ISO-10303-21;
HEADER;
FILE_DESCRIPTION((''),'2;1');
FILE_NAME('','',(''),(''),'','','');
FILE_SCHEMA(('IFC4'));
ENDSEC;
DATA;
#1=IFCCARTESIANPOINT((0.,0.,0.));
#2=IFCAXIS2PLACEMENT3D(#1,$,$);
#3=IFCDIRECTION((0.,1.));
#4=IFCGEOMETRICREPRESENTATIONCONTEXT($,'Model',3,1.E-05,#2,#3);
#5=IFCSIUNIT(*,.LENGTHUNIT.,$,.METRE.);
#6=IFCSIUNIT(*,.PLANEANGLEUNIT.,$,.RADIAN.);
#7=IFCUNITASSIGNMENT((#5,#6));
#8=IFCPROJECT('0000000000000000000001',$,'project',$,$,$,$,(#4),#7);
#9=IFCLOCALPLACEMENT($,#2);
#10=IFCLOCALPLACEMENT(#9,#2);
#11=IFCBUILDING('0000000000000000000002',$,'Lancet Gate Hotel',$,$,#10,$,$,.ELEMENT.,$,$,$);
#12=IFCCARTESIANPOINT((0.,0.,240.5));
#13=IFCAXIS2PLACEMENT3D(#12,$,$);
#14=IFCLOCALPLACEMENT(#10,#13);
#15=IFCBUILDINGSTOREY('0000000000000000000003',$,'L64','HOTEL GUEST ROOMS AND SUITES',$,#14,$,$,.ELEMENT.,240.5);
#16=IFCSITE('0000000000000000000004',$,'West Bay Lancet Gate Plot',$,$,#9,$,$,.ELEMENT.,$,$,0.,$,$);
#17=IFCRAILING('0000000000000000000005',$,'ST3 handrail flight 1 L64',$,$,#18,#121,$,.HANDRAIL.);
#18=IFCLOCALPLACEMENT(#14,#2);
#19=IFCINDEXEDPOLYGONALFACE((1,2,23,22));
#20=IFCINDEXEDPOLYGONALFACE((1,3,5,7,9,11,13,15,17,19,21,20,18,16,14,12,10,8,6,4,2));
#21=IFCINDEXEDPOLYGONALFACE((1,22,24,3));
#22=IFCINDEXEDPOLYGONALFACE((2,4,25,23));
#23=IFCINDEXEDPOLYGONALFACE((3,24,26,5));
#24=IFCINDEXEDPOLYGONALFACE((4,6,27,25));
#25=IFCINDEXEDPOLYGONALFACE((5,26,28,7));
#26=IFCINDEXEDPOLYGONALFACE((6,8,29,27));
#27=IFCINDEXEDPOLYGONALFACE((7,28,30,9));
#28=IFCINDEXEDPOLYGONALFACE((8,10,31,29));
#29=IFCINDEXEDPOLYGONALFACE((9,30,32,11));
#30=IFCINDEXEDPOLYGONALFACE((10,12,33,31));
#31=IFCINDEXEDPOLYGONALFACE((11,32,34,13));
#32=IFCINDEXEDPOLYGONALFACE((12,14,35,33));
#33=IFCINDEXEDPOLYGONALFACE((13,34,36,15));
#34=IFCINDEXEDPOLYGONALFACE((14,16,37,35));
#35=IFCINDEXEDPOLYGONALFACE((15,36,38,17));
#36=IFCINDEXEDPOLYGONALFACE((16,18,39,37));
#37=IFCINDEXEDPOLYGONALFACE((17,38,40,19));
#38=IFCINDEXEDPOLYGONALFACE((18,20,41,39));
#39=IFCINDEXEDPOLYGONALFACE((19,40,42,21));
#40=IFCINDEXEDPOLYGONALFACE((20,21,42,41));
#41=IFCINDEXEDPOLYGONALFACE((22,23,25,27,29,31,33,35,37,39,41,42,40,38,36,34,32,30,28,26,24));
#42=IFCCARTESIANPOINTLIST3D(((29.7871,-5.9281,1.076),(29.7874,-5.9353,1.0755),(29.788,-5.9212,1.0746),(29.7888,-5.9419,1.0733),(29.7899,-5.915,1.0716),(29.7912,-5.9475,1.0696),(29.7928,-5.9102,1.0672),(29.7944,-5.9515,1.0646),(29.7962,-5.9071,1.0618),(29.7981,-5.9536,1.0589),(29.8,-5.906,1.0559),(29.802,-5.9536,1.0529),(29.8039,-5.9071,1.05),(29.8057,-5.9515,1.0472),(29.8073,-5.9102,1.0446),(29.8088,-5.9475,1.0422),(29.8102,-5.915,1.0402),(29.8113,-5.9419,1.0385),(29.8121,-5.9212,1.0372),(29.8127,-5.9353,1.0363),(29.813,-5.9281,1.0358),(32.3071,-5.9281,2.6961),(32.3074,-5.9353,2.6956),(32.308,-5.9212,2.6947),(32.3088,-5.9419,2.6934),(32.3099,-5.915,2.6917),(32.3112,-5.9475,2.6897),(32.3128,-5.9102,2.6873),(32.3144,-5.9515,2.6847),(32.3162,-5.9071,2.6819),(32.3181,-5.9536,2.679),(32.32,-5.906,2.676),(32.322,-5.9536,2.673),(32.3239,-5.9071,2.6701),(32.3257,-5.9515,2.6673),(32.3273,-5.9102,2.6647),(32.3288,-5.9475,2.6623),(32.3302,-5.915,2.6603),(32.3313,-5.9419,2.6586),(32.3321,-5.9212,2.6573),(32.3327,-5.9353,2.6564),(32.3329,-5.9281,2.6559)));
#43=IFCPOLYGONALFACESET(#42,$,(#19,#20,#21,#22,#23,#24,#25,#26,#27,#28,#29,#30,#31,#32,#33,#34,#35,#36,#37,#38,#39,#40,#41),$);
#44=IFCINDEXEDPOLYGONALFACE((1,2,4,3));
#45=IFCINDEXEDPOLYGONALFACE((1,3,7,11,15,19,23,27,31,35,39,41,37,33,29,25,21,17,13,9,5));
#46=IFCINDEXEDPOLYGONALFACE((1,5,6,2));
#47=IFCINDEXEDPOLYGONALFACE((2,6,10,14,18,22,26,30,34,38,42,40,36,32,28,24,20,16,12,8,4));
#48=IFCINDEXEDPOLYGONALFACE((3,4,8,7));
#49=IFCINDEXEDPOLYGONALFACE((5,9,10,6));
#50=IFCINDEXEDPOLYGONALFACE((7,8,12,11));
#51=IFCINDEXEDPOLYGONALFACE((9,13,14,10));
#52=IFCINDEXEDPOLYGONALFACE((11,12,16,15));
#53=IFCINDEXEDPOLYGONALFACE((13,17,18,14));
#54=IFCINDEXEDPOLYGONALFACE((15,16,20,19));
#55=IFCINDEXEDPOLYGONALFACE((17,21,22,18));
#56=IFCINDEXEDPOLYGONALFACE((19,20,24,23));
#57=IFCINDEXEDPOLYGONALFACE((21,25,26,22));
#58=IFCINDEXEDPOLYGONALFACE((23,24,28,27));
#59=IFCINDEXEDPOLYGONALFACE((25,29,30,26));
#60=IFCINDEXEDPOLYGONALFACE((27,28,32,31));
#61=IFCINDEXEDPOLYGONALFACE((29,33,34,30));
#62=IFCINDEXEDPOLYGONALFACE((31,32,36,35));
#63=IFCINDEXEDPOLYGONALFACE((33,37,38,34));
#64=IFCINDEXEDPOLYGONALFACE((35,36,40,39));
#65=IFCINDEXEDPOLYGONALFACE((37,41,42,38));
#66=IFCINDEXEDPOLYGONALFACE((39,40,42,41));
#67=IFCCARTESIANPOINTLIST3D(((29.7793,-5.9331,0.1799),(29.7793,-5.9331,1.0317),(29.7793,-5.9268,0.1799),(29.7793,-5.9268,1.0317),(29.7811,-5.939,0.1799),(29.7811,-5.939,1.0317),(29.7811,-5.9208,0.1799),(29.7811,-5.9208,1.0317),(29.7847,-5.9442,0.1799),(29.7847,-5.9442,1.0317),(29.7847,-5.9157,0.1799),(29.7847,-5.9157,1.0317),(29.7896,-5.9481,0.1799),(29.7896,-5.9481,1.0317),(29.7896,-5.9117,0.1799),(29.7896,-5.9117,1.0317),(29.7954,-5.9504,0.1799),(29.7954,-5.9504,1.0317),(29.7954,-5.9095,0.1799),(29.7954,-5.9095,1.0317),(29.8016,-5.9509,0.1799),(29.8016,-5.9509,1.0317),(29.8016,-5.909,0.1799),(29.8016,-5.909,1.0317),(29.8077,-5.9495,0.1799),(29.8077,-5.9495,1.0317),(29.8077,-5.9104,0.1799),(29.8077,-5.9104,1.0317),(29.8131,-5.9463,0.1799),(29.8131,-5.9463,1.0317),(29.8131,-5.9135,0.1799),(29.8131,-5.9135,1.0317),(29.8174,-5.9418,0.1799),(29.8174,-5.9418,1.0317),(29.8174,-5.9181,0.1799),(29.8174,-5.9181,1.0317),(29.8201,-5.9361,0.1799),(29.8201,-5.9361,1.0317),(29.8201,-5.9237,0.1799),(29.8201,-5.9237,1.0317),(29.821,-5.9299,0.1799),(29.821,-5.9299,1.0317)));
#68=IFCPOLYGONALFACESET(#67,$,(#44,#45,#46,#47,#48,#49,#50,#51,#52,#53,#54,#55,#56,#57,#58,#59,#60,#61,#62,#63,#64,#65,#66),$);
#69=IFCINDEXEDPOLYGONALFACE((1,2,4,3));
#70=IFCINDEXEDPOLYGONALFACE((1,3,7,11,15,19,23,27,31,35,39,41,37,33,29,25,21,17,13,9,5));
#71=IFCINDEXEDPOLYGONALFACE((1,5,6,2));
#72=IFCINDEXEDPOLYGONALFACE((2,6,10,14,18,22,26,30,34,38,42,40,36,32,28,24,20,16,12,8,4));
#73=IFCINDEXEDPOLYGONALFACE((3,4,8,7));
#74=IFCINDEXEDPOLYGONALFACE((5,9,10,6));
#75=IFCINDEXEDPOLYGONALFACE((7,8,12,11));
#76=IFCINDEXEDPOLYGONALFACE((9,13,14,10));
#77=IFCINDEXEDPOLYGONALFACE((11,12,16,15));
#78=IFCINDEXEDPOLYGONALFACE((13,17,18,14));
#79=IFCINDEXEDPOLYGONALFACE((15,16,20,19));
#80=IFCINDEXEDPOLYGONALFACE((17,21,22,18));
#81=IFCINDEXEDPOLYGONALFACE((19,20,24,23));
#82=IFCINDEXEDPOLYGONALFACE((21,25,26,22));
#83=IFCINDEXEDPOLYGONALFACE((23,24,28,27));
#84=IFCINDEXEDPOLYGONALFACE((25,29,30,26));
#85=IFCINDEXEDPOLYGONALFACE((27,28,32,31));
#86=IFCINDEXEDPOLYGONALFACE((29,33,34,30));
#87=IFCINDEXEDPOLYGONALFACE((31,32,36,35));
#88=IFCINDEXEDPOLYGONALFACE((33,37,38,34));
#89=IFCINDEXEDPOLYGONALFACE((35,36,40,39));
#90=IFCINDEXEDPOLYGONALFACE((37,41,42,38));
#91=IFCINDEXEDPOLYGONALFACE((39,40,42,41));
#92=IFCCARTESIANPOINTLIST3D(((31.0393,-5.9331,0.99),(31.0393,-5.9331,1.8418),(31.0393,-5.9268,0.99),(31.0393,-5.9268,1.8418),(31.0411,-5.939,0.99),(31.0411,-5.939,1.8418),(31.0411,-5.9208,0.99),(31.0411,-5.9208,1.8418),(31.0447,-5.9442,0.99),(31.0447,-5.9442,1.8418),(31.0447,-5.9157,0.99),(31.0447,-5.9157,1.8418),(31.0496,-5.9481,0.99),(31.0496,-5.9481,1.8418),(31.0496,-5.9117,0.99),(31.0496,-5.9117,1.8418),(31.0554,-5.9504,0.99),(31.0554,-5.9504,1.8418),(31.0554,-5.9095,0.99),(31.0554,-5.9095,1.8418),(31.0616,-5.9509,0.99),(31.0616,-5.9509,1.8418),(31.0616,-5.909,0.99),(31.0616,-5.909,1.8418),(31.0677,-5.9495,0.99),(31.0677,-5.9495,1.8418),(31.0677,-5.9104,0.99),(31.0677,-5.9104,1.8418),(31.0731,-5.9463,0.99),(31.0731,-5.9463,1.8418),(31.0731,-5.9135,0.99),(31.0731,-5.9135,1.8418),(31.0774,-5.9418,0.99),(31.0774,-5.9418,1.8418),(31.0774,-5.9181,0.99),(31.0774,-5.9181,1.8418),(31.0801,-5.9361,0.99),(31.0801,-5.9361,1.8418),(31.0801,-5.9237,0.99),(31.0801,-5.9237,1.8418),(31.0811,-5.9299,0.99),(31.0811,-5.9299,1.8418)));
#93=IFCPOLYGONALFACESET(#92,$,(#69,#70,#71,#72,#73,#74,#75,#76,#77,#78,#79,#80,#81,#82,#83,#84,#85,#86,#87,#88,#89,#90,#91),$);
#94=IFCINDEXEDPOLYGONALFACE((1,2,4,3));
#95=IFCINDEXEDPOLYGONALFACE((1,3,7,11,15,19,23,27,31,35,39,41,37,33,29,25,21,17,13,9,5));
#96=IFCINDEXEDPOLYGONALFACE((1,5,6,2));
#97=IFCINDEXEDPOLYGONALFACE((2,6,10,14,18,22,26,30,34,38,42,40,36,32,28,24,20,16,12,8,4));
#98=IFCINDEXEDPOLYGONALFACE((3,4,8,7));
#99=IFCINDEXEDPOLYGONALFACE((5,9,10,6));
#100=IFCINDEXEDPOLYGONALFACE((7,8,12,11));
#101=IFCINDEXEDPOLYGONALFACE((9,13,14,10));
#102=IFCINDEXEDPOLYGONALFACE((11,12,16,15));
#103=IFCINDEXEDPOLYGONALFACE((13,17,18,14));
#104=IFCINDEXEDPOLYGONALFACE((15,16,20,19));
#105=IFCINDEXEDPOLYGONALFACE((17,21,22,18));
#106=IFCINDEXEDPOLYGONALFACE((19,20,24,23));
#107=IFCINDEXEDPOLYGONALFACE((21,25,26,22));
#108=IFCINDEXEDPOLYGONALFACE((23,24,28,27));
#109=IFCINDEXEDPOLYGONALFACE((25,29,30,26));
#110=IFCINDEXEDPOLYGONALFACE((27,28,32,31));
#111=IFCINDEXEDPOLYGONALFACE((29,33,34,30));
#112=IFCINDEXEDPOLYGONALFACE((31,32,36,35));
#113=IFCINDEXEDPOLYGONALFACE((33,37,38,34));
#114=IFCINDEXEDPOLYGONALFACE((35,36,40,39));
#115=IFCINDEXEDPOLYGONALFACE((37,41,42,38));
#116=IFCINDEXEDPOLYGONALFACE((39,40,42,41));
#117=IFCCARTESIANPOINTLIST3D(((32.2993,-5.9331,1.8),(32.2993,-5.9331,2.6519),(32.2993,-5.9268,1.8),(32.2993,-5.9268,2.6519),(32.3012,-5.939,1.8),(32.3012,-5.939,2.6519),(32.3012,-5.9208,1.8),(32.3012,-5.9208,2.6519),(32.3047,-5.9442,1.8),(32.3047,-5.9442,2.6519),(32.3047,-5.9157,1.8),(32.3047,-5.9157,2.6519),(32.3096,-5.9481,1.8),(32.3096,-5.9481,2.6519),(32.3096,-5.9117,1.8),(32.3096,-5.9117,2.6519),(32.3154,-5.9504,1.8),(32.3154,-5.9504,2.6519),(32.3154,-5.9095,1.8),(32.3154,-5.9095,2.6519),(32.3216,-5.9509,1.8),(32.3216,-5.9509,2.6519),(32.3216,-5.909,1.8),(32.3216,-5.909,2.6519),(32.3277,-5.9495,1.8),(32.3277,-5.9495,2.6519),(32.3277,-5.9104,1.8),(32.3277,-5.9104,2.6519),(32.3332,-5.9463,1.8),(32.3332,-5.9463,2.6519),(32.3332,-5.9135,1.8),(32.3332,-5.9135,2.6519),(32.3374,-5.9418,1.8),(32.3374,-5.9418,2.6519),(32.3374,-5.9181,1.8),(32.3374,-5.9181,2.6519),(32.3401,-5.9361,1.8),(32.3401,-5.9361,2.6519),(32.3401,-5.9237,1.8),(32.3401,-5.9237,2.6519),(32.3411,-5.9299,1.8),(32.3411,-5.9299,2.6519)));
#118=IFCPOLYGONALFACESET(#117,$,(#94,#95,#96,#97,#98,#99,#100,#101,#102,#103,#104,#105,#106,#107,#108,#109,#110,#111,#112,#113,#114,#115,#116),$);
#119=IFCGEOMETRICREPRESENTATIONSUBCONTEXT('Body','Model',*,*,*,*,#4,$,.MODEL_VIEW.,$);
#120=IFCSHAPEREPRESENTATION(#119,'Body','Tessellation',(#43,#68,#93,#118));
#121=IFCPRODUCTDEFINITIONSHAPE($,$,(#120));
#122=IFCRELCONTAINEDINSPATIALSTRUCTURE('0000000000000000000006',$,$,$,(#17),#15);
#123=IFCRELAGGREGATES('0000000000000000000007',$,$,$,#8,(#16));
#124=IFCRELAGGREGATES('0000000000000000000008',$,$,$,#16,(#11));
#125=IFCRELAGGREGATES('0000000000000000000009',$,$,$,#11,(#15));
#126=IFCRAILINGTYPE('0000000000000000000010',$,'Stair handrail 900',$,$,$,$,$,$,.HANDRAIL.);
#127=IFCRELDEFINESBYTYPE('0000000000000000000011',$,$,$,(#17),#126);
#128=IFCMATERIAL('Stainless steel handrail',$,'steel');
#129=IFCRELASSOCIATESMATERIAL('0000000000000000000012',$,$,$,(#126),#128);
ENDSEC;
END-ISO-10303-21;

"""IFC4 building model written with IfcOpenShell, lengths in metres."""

from ifc_helpers import new_model, si_unit, direction, frame, origin, origin_2d, place, context, subcontext, project, spatial, circle, extrude, material, type_object, element, save


model = new_model("IFC4")

# Units and contexts
model_context = context("Model", 3, precision=1e-05, world=origin(), true_north=direction((0.0, 1.0)))
body_context = subcontext(model_context, "Body", "Model", "MODEL_VIEW")
ifc_project = project(units=[si_unit("LENGTHUNIT", "METRE"), si_unit("PLANEANGLEUNIT", "RADIAN")], contexts=[model_context])

# Site, building, storey
site_placement = place(None, origin())
site = spatial("IfcSite", under=ifc_project, at=site_placement, Name="West Bay Lancet Gate Plot", CompositionType="ELEMENT", RefElevation=0.0)
building_placement = place(site_placement, origin())
building = spatial("IfcBuilding", under=site, at=building_placement, Name="Lancet Gate Hotel", CompositionType="ELEMENT")
storey_placement = place(building_placement, frame((0.0, 0.0, 240.5)))
storey = spatial("IfcBuildingStorey", under=building, at=storey_placement, Name="L64", Description="HOTEL GUEST ROOMS AND SUITES", CompositionType="ELEMENT", Elevation=240.5)

# Railing
ifc_material_1 = material(Name="Stainless steel handrail", Category="steel")
railing_type = type_object("IfcRailingType", Name="Stair handrail 900", PredefinedType="HANDRAIL", material=ifc_material_1)
railing_1_placement = place(storey_placement, frame((29.8, -5.9299, 0.1799)))
element("IfcRailing", 1, at=railing_1_placement, inside=storey, type_object=railing_type, Name="ST3 handrail flight 1 L64", PredefinedType="HANDRAIL", context=body_context, shape_type="SweptSolid", body=[
    extrude(circle(Radius=0.0239, at=origin_2d()), frame((0.0, 0.0, 0.876), z_axis=(0.841163, 0.0, 0.540782), x_axis=(0.0, 1.0, 0.0)), (0.0, 0.0, 1.0), 2.9958),
    extrude(circle(Radius=0.021, at=origin_2d()), origin(), (0.0, 0.0, 1.0), 0.8518),
    extrude(circle(Radius=0.021, at=origin_2d()), frame((1.26, 0.0, 0.8101)), (0.0, 0.0, 1.0), 0.8518),
    extrude(circle(Radius=0.021, at=origin_2d()), frame((2.52, 0.0, 1.6201)), (0.0, 0.0, 1.0), 0.8518),
])

save(model, "model.ifc")
